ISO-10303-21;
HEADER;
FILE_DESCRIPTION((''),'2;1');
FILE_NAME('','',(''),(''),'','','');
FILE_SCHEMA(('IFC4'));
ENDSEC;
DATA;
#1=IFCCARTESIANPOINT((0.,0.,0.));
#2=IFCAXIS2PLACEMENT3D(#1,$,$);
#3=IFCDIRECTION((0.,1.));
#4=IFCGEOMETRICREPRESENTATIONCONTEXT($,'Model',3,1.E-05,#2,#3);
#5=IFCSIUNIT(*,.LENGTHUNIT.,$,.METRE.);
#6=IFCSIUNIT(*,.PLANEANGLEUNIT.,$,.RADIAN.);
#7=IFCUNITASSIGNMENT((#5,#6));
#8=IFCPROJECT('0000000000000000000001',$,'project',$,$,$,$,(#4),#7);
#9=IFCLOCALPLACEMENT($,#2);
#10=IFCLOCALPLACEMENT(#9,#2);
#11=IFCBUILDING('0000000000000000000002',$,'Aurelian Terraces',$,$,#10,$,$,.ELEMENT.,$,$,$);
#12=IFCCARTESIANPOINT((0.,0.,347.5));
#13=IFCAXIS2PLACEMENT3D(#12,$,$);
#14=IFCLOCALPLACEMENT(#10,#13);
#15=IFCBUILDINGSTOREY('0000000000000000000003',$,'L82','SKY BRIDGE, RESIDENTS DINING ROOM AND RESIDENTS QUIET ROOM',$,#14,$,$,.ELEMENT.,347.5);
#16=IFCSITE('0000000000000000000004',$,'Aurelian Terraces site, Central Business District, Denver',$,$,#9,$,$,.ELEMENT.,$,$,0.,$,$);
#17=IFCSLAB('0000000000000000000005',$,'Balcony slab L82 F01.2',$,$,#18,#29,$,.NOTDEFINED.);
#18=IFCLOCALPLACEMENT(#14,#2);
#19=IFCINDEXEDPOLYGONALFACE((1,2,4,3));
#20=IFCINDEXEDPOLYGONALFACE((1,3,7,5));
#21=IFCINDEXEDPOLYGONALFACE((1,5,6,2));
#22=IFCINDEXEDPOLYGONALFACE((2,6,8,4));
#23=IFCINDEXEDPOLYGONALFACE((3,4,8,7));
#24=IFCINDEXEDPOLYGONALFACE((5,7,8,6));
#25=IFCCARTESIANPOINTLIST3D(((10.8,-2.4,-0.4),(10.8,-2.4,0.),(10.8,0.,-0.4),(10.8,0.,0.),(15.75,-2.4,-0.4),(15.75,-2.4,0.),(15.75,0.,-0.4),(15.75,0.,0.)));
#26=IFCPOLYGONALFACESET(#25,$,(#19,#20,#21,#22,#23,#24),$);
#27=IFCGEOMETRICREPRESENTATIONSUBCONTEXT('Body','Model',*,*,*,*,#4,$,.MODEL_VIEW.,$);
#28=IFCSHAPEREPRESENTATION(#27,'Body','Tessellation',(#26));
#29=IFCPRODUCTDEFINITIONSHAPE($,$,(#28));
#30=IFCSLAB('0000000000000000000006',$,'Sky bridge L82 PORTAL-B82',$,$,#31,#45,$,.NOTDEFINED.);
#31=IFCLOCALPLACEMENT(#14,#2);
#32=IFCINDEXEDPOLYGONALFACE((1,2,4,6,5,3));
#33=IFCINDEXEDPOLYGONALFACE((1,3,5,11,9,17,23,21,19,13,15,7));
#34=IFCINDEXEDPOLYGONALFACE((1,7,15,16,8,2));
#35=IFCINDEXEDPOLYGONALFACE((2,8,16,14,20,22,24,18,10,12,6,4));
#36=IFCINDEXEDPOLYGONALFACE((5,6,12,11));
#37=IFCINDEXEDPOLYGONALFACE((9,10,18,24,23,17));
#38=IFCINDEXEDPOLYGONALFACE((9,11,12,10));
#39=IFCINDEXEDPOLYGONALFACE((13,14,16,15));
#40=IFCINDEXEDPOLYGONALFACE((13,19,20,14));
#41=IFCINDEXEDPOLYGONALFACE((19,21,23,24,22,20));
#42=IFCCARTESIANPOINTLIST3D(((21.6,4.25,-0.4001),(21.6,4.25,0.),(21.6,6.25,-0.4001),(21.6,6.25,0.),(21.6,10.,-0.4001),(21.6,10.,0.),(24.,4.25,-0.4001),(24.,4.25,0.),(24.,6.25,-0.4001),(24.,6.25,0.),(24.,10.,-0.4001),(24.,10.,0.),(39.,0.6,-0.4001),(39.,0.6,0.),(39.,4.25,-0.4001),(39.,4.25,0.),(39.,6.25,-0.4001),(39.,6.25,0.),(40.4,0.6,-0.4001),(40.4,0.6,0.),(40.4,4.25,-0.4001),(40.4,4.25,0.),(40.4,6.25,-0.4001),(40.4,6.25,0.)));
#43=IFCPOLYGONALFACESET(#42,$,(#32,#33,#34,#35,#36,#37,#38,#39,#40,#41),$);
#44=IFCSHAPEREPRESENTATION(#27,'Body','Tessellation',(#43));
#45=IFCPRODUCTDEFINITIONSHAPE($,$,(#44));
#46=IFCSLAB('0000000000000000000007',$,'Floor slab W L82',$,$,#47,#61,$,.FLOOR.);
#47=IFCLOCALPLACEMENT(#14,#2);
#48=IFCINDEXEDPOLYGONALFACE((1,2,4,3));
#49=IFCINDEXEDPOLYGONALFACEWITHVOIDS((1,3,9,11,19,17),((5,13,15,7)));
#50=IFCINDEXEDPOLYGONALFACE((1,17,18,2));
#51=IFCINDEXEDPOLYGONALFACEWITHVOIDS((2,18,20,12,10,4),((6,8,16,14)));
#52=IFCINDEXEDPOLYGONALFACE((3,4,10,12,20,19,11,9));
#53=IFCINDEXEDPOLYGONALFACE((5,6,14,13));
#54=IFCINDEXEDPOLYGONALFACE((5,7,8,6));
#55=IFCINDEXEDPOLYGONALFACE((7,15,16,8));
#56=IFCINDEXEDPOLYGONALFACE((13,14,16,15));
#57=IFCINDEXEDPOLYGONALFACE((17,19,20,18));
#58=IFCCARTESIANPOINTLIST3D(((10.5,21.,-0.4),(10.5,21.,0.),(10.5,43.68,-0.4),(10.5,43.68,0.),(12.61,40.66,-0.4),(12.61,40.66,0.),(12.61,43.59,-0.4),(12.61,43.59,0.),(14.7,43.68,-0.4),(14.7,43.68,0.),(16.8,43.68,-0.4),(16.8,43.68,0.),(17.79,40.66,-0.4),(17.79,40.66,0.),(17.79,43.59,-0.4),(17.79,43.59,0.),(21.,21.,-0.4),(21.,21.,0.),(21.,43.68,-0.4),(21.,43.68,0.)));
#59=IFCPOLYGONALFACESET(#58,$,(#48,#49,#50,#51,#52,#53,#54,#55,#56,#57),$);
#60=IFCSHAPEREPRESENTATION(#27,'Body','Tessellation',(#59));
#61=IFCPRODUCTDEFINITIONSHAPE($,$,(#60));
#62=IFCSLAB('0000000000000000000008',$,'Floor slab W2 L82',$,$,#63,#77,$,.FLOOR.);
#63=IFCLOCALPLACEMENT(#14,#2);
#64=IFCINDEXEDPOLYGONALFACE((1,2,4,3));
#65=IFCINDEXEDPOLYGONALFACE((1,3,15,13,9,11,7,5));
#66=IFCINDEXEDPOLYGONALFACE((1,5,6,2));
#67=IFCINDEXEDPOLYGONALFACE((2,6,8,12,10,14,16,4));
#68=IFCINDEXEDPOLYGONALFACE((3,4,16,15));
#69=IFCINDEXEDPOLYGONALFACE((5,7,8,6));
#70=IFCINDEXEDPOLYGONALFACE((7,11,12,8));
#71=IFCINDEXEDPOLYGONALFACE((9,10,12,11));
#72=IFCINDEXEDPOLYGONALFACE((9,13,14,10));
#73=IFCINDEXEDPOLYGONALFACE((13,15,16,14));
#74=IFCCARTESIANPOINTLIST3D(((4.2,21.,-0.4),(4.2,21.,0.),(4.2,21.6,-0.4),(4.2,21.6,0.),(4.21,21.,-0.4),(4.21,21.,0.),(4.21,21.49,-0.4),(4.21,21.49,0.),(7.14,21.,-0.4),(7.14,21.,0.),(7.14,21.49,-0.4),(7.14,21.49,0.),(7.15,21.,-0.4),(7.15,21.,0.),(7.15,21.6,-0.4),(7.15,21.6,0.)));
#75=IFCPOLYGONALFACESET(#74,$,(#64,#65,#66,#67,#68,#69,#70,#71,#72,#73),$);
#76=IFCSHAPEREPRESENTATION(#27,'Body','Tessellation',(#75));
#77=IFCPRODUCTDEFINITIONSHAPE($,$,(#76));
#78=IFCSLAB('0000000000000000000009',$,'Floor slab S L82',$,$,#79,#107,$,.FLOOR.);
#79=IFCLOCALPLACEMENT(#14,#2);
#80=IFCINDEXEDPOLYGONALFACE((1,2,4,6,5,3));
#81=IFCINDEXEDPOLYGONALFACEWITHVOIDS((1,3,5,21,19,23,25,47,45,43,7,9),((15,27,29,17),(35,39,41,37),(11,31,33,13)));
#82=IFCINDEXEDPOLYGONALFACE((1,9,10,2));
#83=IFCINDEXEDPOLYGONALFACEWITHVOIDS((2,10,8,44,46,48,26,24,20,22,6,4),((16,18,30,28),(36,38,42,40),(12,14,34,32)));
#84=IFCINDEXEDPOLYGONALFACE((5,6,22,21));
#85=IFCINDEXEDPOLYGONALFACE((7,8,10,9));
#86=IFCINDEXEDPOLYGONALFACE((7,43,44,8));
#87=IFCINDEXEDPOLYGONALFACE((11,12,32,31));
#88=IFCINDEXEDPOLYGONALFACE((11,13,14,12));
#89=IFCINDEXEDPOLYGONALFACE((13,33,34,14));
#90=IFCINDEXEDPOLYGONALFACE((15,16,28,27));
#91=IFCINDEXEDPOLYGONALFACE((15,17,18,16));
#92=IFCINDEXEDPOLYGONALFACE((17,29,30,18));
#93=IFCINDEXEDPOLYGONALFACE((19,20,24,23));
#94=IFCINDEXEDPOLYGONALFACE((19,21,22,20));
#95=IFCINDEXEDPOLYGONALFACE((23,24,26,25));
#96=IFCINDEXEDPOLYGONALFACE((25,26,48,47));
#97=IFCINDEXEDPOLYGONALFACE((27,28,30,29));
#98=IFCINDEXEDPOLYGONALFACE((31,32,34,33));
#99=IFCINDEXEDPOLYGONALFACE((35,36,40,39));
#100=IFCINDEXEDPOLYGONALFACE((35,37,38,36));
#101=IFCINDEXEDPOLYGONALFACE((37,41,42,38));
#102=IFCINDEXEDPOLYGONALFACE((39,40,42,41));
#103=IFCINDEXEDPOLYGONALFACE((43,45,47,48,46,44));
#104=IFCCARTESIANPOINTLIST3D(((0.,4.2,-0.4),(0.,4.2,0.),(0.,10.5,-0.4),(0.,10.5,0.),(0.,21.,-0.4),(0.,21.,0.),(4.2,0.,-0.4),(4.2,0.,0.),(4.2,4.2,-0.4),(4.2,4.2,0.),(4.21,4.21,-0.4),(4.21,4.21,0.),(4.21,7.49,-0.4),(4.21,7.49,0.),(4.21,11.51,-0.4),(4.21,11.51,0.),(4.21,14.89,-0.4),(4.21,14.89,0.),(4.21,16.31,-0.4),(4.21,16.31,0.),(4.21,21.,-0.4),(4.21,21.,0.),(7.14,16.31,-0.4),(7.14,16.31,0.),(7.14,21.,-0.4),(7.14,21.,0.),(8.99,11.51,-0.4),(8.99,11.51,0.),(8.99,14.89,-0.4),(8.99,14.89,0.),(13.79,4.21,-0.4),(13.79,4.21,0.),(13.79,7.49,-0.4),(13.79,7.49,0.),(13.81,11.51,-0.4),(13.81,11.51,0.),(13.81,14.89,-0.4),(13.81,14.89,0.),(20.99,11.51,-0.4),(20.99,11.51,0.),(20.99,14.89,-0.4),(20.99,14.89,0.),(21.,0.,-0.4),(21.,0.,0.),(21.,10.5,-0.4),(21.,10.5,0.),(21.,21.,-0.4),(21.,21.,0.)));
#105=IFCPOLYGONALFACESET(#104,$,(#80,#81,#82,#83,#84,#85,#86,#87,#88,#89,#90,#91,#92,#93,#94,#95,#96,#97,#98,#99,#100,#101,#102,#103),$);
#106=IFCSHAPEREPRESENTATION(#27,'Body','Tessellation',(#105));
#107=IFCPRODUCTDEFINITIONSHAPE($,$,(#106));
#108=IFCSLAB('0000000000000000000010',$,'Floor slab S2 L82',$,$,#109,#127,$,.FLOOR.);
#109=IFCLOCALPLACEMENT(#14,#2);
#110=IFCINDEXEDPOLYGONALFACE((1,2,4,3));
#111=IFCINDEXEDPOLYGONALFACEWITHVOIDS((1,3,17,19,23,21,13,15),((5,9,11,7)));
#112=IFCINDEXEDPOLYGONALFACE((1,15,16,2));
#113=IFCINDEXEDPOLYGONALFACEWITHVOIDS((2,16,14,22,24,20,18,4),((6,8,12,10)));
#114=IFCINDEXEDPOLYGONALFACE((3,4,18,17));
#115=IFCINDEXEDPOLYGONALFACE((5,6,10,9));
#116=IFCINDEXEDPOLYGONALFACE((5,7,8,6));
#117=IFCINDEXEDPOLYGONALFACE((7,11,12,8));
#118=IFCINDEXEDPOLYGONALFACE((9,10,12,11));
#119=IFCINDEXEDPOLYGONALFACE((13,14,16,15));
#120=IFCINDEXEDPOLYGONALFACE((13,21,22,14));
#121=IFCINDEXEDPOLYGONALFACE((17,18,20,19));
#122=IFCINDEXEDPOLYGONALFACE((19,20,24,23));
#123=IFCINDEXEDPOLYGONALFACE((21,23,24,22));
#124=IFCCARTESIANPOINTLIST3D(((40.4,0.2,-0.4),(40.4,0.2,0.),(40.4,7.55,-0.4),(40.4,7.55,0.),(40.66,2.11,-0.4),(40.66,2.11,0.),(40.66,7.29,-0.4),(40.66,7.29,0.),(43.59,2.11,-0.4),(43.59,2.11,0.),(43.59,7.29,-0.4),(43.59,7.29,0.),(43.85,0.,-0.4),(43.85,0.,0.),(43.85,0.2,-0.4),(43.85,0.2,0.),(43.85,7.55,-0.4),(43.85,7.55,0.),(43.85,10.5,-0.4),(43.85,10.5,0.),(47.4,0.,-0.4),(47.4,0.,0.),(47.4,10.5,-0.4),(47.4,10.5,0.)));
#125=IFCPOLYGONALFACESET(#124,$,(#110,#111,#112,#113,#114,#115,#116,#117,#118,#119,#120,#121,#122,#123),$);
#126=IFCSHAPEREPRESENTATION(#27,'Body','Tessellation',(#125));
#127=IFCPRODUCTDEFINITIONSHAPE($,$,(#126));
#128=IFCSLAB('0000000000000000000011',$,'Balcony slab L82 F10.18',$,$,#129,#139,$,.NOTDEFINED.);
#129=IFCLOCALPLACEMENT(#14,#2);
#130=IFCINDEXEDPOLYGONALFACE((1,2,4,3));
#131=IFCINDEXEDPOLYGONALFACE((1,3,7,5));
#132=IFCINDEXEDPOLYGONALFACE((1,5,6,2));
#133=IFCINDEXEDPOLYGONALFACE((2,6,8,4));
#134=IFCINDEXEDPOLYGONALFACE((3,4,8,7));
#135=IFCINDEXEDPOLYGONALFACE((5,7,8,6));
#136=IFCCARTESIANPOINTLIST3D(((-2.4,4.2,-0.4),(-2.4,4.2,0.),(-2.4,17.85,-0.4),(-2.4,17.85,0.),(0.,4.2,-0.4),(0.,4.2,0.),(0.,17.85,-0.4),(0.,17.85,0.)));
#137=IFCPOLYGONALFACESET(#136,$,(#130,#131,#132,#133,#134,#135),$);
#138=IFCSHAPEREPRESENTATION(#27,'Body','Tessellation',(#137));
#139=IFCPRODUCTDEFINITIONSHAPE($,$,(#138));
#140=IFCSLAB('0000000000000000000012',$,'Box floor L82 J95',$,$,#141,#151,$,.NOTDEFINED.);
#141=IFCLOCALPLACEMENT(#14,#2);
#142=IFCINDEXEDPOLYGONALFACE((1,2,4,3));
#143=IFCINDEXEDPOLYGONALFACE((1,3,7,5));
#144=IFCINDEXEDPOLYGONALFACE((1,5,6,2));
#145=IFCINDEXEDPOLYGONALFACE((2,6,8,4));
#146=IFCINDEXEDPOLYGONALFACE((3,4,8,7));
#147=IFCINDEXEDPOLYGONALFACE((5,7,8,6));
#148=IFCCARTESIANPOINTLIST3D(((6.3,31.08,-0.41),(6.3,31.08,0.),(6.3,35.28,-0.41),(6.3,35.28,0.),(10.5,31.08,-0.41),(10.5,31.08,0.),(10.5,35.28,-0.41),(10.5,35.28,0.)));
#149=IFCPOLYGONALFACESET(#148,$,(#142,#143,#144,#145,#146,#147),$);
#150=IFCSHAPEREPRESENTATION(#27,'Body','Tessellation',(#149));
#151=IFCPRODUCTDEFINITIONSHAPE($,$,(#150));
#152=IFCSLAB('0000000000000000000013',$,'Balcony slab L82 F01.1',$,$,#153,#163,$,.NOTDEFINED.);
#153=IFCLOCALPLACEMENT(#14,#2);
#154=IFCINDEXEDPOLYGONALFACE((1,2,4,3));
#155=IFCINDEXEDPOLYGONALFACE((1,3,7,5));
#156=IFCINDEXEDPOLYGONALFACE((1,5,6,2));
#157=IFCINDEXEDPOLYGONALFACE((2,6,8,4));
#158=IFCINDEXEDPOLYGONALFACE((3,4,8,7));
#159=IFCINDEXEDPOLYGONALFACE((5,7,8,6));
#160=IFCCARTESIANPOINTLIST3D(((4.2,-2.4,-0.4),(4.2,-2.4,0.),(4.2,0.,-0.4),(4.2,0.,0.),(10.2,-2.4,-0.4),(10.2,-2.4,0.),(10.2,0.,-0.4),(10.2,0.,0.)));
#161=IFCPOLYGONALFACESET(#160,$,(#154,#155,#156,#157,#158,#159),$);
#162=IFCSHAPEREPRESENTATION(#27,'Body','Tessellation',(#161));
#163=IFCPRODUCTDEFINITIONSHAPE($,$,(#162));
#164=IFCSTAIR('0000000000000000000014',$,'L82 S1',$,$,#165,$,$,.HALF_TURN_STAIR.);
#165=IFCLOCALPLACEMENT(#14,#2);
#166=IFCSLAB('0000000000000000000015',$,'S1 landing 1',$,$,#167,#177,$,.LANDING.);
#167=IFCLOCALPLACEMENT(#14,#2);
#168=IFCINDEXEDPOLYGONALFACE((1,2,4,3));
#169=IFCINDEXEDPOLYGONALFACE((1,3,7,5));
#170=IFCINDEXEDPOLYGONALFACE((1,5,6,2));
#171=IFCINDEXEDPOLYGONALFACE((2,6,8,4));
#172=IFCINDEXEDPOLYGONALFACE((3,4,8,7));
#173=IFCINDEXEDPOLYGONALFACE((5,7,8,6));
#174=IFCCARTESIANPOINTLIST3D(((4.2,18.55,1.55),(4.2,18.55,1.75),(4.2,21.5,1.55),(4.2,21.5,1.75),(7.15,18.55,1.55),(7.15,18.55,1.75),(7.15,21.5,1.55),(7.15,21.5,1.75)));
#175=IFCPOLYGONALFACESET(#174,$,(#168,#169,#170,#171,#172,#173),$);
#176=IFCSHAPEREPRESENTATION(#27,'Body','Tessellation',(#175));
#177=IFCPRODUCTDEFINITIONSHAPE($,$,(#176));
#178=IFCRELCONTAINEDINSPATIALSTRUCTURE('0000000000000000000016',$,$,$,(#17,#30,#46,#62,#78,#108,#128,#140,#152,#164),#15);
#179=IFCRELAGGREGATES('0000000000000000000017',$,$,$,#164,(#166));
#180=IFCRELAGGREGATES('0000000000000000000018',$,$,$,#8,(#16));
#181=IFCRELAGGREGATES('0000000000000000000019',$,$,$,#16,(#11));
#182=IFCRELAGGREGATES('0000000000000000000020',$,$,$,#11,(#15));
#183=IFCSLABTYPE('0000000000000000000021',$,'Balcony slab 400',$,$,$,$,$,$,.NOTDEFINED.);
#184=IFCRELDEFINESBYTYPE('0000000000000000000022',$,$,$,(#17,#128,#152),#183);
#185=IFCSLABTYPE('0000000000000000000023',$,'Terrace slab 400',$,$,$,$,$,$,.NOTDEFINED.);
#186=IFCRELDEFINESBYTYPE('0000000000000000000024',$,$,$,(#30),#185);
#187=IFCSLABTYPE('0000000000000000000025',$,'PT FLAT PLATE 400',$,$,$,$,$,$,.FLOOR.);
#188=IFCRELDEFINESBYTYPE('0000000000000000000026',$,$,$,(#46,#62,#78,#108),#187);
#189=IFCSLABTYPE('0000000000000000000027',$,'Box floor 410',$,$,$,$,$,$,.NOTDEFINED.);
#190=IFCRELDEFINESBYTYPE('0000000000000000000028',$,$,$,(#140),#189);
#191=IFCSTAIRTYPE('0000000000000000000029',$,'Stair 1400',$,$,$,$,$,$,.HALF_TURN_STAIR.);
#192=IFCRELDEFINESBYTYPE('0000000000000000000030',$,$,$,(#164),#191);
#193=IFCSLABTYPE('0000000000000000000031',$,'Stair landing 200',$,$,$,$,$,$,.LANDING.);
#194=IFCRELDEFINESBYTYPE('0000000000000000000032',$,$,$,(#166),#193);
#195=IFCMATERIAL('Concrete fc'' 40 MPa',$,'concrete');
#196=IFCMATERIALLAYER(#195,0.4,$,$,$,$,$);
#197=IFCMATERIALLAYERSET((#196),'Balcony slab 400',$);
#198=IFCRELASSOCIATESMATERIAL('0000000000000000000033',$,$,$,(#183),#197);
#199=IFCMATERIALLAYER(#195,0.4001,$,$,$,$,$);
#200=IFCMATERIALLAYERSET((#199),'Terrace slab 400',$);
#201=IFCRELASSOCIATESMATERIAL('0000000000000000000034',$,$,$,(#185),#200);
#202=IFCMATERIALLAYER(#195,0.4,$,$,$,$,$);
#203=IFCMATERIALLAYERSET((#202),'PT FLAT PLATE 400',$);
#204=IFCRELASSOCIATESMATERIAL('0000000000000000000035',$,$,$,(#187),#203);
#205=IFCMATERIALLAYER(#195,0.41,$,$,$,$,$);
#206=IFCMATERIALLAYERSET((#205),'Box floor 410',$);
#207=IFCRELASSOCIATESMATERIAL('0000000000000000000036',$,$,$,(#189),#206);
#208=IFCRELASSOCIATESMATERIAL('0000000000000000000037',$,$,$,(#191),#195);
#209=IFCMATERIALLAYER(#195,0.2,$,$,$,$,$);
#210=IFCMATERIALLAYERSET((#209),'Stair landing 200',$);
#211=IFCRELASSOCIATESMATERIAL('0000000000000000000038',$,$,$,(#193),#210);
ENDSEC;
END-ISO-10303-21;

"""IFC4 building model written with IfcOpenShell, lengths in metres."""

from ifc_helpers import new_model, si_unit, direction, frame, origin, place, context, subcontext, project, spatial, polyline, outline, extrude, source, transform, mapped, material, layer, layer_set, type_object, element, aggregate, save


model = new_model("IFC4")

# Units and contexts
model_context = context("Model", 3, precision=1e-05, world=origin(), true_north=direction((0.0, 1.0)))
body_context = subcontext(model_context, "Body", "Model", "MODEL_VIEW")
ifc_project = project(units=[si_unit("LENGTHUNIT", "METRE"), si_unit("PLANEANGLEUNIT", "RADIAN")], contexts=[model_context])

# Site, building, storey
site_placement = place(None, origin())
site = spatial("IfcSite", under=ifc_project, at=site_placement, Name="Aurelian Terraces site, Central Business District, Denver", CompositionType="ELEMENT", RefElevation=0.0)
building_placement = place(site_placement, origin())
building = spatial("IfcBuilding", under=site, at=building_placement, Name="Aurelian Terraces", CompositionType="ELEMENT")
storey_placement = place(building_placement, frame((0.0, 0.0, 347.5)))
storey = spatial("IfcBuildingStorey", under=building, at=storey_placement, Name="L82", Description="SKY BRIDGE, RESIDENTS DINING ROOM AND RESIDENTS QUIET ROOM", CompositionType="ELEMENT", Elevation=347.5)

# Slabs
ifc_material_1 = material(Name="Concrete fc' 40 MPa", Category="concrete")
ifc_layer_1 = layer(ifc_material_1, 0.4)
ifc_layer_set_1 = layer_set([ifc_layer_1], Name="Balcony slab 400")
slab_type_1 = type_object("IfcSlabType", Name="Balcony slab 400", PredefinedType="NOTDEFINED", material=ifc_layer_set_1)
slab_1_placement = place(storey_placement, frame((0.0, 0.0, -0.4)))
element("IfcSlab", 1, at=slab_1_placement, inside=storey, type_object=slab_type_1, Name="Balcony slab L82 F01.2", PredefinedType="NOTDEFINED", context=body_context, shape_type="SweptSolid", body=[
    extrude(outline(polyline([(10.8, 0.0), (15.75, 0.0), (15.75, -2.4), (10.8, -2.4), (10.8, 0.0)])), origin(), (0.0, 0.0, 1.0), 0.4),
])
ifc_layer_2 = layer(ifc_material_1, 0.4001)
ifc_layer_set_2 = layer_set([ifc_layer_2], Name="Terrace slab 400")
slab_type_2 = type_object("IfcSlabType", Name="Terrace slab 400", PredefinedType="NOTDEFINED", material=ifc_layer_set_2)
slab_2_placement = place(storey_placement, frame((0.0, 0.0, -0.4001)))
element("IfcSlab", 2, at=slab_2_placement, inside=storey, type_object=slab_type_2, Name="Sky bridge L82 PORTAL-B82", PredefinedType="NOTDEFINED", context=body_context, shape_type="SweptSolid", body=[
    extrude(outline(polyline([(40.4, 0.6), (39.0, 0.6), (39.0, 4.25), (24.0, 4.25), (21.6, 4.25), (21.6, 6.25), (21.6, 10.0), (24.0, 10.0), (24.0, 6.25), (39.0, 6.25), (40.4, 6.25), (40.4, 4.25), (40.4, 0.6)])), origin(), (0.0, 0.0, 1.0), 0.4001),
])
ifc_layer_3 = layer(ifc_material_1, 0.4)
ifc_layer_set_3 = layer_set([ifc_layer_3], Name="PT FLAT PLATE 400")
slab_type_3 = type_object("IfcSlabType", Name="PT FLAT PLATE 400", PredefinedType="FLOOR", material=ifc_layer_set_3)
shared_shape_1 = source(origin(), body_context, "Body", "SweptSolid", [
    extrude(outline(polyline([(10.5, 43.68), (14.7, 43.68), (16.8, 43.68), (21.0, 43.68), (21.0, 21.0), (10.5, 21.0), (10.5, 43.68)]), holes=[polyline([(17.79, 43.59), (12.61, 43.59), (12.61, 40.66), (17.79, 40.66), (17.79, 43.59)])]), origin(), (0.0, 0.0, 1.0), 0.4),
])
slab_3_placement = place(storey_placement, frame((0.0, 0.0, -0.4)))
element("IfcSlab", 3, at=slab_3_placement, inside=storey, type_object=slab_type_3, Name="Floor slab W L82", PredefinedType="FLOOR", context=body_context, shape_type="MappedRepresentation", body=[
    mapped(shared_shape_1, transform((0.0, 0.0, 0.0), scale=1.0)),
])
shared_shape_2 = source(origin(), body_context, "Body", "SweptSolid", [
    extrude(outline(polyline([(4.2, 21.0), (4.2, 21.6), (7.15, 21.6), (7.15, 21.0), (7.14, 21.0), (7.14, 21.49), (4.21, 21.49), (4.21, 21.0), (4.2, 21.0)])), origin(), (0.0, 0.0, 1.0), 0.4),
])
slab_4_placement = place(storey_placement, frame((0.0, 0.0, -0.4)))
element("IfcSlab", 4, at=slab_4_placement, inside=storey, type_object=slab_type_3, Name="Floor slab W2 L82", PredefinedType="FLOOR", context=body_context, shape_type="MappedRepresentation", body=[
    mapped(shared_shape_2, transform((0.0, 0.0, 0.0), scale=1.0)),
])
shared_shape_3 = source(origin(), body_context, "Body", "SweptSolid", [
    extrude(outline(polyline([(0.0, 4.2), (0.0, 10.5), (0.0, 21.0), (4.21, 21.0), (4.21, 16.31), (7.14, 16.31), (7.14, 21.0), (21.0, 21.0), (21.0, 10.5), (21.0, 0.0), (4.2, 0.0), (4.2, 4.2), (0.0, 4.2)]), holes=[polyline([(13.81, 14.89), (13.81, 11.51), (20.99, 11.51), (20.99, 14.89), (13.81, 14.89)]), polyline([(4.21, 7.49), (4.21, 4.21), (13.79, 4.21), (13.79, 7.49), (4.21, 7.49)]), polyline([(8.99, 11.51), (8.99, 14.89), (4.21, 14.89), (4.21, 11.51), (8.99, 11.51)])]), origin(), (0.0, 0.0, 1.0), 0.4),
])
slab_5_placement = place(storey_placement, frame((0.0, 0.0, -0.4)))
element("IfcSlab", 5, at=slab_5_placement, inside=storey, type_object=slab_type_3, Name="Floor slab S L82", PredefinedType="FLOOR", context=body_context, shape_type="MappedRepresentation", body=[
    mapped(shared_shape_3, transform((0.0, 0.0, 0.0), scale=1.0)),
])
shared_shape_4 = source(origin(), body_context, "Body", "SweptSolid", [
    extrude(outline(polyline([(43.85, 7.55), (43.85, 10.5), (47.4, 10.5), (47.4, 0.0), (43.85, 0.0), (43.85, 0.2), (40.4, 0.2), (40.4, 7.55), (43.85, 7.55)]), holes=[polyline([(40.66, 2.11), (43.59, 2.11), (43.59, 7.29), (40.66, 7.29), (40.66, 2.11)])]), origin(), (0.0, 0.0, 1.0), 0.4),
])
slab_6_placement = place(storey_placement, frame((0.0, 0.0, -0.4)))
element("IfcSlab", 6, at=slab_6_placement, inside=storey, type_object=slab_type_3, Name="Floor slab S2 L82", PredefinedType="FLOOR", context=body_context, shape_type="MappedRepresentation", body=[
    mapped(shared_shape_4, transform((0.0, 0.0, 0.0), scale=1.0)),
])
shared_shape_5 = source(origin(), body_context, "Body", "SweptSolid", [
    extrude(outline(polyline([(0.0, 17.85), (0.0, 4.2), (-2.4, 4.2), (-2.4, 17.85), (0.0, 17.85)])), origin(), (0.0, 0.0, 1.0), 0.4),
])
slab_7_placement = place(storey_placement, frame((0.0, 0.0, -0.4)))
element("IfcSlab", 7, at=slab_7_placement, inside=storey, type_object=slab_type_1, Name="Balcony slab L82 F10.18", PredefinedType="NOTDEFINED", context=body_context, shape_type="MappedRepresentation", body=[
    mapped(shared_shape_5, transform((0.0, 0.0, 0.0), scale=1.0)),
])
ifc_layer_4 = layer(ifc_material_1, 0.41)
ifc_layer_set_4 = layer_set([ifc_layer_4], Name="Box floor 410")
slab_type_4 = type_object("IfcSlabType", Name="Box floor 410", PredefinedType="NOTDEFINED", material=ifc_layer_set_4)
shared_shape_6 = source(origin(), body_context, "Body", "SweptSolid", [
    extrude(outline(polyline([(6.3, 35.28), (6.3, 31.08), (10.5, 31.08), (10.5, 35.28), (6.3, 35.28)])), origin(), (0.0, 0.0, 1.0), 0.41),
])
slab_8_placement = place(storey_placement, frame((0.0, 0.0, -0.41)))
element("IfcSlab", 8, at=slab_8_placement, inside=storey, type_object=slab_type_4, Name="Box floor L82 J95", PredefinedType="NOTDEFINED", context=body_context, shape_type="MappedRepresentation", body=[
    mapped(shared_shape_6, transform((0.0, 0.0, 0.0), scale=1.0)),
])
shared_shape_7 = source(origin(), body_context, "Body", "SweptSolid", [
    extrude(outline(polyline([(4.2, 0.0), (10.2, 0.0), (10.2, -2.4), (4.2, -2.4), (4.2, 0.0)])), origin(), (0.0, 0.0, 1.0), 0.4),
])
slab_9_placement = place(storey_placement, frame((0.0, 0.0, -0.4)))
element("IfcSlab", 9, at=slab_9_placement, inside=storey, type_object=slab_type_1, Name="Balcony slab L82 F01.1", PredefinedType="NOTDEFINED", context=body_context, shape_type="MappedRepresentation", body=[
    mapped(shared_shape_7, transform((0.0, 0.0, 0.0), scale=1.0)),
])

# Stair, slab
stair_type = type_object("IfcStairType", Name="Stair 1400", PredefinedType="HALF_TURN_STAIR", material=ifc_material_1)
stair_1_placement = place(storey_placement, origin())
stair_1 = element("IfcStair", 10, at=stair_1_placement, inside=storey, type_object=stair_type, Name="L82 S1", PredefinedType="HALF_TURN_STAIR")
ifc_layer_5 = layer(ifc_material_1, 0.2)
ifc_layer_set_5 = layer_set([ifc_layer_5], Name="Stair landing 200")
slab_type_5 = type_object("IfcSlabType", Name="Stair landing 200", PredefinedType="LANDING", material=ifc_layer_set_5)
shared_shape_8 = source(origin(), body_context, "Body", "SweptSolid", [
    extrude(outline(polyline([(7.15, 18.55), (7.15, 21.5), (4.2, 21.5), (4.2, 18.55), (7.15, 18.55)])), origin(), (0.0, 0.0, 1.0), 0.2),
])
slab_10_placement = place(storey_placement, frame((0.0, 0.0, 1.55)))
slab_10 = element("IfcSlab", 11, at=slab_10_placement, type_object=slab_type_5, Name="S1 landing 1", PredefinedType="LANDING", context=body_context, shape_type="MappedRepresentation", body=[
    mapped(shared_shape_8, transform((0.0, 0.0, 0.0), scale=1.0)),
])
aggregate(stair_1, [slab_10])

save(model, "model.ifc")
